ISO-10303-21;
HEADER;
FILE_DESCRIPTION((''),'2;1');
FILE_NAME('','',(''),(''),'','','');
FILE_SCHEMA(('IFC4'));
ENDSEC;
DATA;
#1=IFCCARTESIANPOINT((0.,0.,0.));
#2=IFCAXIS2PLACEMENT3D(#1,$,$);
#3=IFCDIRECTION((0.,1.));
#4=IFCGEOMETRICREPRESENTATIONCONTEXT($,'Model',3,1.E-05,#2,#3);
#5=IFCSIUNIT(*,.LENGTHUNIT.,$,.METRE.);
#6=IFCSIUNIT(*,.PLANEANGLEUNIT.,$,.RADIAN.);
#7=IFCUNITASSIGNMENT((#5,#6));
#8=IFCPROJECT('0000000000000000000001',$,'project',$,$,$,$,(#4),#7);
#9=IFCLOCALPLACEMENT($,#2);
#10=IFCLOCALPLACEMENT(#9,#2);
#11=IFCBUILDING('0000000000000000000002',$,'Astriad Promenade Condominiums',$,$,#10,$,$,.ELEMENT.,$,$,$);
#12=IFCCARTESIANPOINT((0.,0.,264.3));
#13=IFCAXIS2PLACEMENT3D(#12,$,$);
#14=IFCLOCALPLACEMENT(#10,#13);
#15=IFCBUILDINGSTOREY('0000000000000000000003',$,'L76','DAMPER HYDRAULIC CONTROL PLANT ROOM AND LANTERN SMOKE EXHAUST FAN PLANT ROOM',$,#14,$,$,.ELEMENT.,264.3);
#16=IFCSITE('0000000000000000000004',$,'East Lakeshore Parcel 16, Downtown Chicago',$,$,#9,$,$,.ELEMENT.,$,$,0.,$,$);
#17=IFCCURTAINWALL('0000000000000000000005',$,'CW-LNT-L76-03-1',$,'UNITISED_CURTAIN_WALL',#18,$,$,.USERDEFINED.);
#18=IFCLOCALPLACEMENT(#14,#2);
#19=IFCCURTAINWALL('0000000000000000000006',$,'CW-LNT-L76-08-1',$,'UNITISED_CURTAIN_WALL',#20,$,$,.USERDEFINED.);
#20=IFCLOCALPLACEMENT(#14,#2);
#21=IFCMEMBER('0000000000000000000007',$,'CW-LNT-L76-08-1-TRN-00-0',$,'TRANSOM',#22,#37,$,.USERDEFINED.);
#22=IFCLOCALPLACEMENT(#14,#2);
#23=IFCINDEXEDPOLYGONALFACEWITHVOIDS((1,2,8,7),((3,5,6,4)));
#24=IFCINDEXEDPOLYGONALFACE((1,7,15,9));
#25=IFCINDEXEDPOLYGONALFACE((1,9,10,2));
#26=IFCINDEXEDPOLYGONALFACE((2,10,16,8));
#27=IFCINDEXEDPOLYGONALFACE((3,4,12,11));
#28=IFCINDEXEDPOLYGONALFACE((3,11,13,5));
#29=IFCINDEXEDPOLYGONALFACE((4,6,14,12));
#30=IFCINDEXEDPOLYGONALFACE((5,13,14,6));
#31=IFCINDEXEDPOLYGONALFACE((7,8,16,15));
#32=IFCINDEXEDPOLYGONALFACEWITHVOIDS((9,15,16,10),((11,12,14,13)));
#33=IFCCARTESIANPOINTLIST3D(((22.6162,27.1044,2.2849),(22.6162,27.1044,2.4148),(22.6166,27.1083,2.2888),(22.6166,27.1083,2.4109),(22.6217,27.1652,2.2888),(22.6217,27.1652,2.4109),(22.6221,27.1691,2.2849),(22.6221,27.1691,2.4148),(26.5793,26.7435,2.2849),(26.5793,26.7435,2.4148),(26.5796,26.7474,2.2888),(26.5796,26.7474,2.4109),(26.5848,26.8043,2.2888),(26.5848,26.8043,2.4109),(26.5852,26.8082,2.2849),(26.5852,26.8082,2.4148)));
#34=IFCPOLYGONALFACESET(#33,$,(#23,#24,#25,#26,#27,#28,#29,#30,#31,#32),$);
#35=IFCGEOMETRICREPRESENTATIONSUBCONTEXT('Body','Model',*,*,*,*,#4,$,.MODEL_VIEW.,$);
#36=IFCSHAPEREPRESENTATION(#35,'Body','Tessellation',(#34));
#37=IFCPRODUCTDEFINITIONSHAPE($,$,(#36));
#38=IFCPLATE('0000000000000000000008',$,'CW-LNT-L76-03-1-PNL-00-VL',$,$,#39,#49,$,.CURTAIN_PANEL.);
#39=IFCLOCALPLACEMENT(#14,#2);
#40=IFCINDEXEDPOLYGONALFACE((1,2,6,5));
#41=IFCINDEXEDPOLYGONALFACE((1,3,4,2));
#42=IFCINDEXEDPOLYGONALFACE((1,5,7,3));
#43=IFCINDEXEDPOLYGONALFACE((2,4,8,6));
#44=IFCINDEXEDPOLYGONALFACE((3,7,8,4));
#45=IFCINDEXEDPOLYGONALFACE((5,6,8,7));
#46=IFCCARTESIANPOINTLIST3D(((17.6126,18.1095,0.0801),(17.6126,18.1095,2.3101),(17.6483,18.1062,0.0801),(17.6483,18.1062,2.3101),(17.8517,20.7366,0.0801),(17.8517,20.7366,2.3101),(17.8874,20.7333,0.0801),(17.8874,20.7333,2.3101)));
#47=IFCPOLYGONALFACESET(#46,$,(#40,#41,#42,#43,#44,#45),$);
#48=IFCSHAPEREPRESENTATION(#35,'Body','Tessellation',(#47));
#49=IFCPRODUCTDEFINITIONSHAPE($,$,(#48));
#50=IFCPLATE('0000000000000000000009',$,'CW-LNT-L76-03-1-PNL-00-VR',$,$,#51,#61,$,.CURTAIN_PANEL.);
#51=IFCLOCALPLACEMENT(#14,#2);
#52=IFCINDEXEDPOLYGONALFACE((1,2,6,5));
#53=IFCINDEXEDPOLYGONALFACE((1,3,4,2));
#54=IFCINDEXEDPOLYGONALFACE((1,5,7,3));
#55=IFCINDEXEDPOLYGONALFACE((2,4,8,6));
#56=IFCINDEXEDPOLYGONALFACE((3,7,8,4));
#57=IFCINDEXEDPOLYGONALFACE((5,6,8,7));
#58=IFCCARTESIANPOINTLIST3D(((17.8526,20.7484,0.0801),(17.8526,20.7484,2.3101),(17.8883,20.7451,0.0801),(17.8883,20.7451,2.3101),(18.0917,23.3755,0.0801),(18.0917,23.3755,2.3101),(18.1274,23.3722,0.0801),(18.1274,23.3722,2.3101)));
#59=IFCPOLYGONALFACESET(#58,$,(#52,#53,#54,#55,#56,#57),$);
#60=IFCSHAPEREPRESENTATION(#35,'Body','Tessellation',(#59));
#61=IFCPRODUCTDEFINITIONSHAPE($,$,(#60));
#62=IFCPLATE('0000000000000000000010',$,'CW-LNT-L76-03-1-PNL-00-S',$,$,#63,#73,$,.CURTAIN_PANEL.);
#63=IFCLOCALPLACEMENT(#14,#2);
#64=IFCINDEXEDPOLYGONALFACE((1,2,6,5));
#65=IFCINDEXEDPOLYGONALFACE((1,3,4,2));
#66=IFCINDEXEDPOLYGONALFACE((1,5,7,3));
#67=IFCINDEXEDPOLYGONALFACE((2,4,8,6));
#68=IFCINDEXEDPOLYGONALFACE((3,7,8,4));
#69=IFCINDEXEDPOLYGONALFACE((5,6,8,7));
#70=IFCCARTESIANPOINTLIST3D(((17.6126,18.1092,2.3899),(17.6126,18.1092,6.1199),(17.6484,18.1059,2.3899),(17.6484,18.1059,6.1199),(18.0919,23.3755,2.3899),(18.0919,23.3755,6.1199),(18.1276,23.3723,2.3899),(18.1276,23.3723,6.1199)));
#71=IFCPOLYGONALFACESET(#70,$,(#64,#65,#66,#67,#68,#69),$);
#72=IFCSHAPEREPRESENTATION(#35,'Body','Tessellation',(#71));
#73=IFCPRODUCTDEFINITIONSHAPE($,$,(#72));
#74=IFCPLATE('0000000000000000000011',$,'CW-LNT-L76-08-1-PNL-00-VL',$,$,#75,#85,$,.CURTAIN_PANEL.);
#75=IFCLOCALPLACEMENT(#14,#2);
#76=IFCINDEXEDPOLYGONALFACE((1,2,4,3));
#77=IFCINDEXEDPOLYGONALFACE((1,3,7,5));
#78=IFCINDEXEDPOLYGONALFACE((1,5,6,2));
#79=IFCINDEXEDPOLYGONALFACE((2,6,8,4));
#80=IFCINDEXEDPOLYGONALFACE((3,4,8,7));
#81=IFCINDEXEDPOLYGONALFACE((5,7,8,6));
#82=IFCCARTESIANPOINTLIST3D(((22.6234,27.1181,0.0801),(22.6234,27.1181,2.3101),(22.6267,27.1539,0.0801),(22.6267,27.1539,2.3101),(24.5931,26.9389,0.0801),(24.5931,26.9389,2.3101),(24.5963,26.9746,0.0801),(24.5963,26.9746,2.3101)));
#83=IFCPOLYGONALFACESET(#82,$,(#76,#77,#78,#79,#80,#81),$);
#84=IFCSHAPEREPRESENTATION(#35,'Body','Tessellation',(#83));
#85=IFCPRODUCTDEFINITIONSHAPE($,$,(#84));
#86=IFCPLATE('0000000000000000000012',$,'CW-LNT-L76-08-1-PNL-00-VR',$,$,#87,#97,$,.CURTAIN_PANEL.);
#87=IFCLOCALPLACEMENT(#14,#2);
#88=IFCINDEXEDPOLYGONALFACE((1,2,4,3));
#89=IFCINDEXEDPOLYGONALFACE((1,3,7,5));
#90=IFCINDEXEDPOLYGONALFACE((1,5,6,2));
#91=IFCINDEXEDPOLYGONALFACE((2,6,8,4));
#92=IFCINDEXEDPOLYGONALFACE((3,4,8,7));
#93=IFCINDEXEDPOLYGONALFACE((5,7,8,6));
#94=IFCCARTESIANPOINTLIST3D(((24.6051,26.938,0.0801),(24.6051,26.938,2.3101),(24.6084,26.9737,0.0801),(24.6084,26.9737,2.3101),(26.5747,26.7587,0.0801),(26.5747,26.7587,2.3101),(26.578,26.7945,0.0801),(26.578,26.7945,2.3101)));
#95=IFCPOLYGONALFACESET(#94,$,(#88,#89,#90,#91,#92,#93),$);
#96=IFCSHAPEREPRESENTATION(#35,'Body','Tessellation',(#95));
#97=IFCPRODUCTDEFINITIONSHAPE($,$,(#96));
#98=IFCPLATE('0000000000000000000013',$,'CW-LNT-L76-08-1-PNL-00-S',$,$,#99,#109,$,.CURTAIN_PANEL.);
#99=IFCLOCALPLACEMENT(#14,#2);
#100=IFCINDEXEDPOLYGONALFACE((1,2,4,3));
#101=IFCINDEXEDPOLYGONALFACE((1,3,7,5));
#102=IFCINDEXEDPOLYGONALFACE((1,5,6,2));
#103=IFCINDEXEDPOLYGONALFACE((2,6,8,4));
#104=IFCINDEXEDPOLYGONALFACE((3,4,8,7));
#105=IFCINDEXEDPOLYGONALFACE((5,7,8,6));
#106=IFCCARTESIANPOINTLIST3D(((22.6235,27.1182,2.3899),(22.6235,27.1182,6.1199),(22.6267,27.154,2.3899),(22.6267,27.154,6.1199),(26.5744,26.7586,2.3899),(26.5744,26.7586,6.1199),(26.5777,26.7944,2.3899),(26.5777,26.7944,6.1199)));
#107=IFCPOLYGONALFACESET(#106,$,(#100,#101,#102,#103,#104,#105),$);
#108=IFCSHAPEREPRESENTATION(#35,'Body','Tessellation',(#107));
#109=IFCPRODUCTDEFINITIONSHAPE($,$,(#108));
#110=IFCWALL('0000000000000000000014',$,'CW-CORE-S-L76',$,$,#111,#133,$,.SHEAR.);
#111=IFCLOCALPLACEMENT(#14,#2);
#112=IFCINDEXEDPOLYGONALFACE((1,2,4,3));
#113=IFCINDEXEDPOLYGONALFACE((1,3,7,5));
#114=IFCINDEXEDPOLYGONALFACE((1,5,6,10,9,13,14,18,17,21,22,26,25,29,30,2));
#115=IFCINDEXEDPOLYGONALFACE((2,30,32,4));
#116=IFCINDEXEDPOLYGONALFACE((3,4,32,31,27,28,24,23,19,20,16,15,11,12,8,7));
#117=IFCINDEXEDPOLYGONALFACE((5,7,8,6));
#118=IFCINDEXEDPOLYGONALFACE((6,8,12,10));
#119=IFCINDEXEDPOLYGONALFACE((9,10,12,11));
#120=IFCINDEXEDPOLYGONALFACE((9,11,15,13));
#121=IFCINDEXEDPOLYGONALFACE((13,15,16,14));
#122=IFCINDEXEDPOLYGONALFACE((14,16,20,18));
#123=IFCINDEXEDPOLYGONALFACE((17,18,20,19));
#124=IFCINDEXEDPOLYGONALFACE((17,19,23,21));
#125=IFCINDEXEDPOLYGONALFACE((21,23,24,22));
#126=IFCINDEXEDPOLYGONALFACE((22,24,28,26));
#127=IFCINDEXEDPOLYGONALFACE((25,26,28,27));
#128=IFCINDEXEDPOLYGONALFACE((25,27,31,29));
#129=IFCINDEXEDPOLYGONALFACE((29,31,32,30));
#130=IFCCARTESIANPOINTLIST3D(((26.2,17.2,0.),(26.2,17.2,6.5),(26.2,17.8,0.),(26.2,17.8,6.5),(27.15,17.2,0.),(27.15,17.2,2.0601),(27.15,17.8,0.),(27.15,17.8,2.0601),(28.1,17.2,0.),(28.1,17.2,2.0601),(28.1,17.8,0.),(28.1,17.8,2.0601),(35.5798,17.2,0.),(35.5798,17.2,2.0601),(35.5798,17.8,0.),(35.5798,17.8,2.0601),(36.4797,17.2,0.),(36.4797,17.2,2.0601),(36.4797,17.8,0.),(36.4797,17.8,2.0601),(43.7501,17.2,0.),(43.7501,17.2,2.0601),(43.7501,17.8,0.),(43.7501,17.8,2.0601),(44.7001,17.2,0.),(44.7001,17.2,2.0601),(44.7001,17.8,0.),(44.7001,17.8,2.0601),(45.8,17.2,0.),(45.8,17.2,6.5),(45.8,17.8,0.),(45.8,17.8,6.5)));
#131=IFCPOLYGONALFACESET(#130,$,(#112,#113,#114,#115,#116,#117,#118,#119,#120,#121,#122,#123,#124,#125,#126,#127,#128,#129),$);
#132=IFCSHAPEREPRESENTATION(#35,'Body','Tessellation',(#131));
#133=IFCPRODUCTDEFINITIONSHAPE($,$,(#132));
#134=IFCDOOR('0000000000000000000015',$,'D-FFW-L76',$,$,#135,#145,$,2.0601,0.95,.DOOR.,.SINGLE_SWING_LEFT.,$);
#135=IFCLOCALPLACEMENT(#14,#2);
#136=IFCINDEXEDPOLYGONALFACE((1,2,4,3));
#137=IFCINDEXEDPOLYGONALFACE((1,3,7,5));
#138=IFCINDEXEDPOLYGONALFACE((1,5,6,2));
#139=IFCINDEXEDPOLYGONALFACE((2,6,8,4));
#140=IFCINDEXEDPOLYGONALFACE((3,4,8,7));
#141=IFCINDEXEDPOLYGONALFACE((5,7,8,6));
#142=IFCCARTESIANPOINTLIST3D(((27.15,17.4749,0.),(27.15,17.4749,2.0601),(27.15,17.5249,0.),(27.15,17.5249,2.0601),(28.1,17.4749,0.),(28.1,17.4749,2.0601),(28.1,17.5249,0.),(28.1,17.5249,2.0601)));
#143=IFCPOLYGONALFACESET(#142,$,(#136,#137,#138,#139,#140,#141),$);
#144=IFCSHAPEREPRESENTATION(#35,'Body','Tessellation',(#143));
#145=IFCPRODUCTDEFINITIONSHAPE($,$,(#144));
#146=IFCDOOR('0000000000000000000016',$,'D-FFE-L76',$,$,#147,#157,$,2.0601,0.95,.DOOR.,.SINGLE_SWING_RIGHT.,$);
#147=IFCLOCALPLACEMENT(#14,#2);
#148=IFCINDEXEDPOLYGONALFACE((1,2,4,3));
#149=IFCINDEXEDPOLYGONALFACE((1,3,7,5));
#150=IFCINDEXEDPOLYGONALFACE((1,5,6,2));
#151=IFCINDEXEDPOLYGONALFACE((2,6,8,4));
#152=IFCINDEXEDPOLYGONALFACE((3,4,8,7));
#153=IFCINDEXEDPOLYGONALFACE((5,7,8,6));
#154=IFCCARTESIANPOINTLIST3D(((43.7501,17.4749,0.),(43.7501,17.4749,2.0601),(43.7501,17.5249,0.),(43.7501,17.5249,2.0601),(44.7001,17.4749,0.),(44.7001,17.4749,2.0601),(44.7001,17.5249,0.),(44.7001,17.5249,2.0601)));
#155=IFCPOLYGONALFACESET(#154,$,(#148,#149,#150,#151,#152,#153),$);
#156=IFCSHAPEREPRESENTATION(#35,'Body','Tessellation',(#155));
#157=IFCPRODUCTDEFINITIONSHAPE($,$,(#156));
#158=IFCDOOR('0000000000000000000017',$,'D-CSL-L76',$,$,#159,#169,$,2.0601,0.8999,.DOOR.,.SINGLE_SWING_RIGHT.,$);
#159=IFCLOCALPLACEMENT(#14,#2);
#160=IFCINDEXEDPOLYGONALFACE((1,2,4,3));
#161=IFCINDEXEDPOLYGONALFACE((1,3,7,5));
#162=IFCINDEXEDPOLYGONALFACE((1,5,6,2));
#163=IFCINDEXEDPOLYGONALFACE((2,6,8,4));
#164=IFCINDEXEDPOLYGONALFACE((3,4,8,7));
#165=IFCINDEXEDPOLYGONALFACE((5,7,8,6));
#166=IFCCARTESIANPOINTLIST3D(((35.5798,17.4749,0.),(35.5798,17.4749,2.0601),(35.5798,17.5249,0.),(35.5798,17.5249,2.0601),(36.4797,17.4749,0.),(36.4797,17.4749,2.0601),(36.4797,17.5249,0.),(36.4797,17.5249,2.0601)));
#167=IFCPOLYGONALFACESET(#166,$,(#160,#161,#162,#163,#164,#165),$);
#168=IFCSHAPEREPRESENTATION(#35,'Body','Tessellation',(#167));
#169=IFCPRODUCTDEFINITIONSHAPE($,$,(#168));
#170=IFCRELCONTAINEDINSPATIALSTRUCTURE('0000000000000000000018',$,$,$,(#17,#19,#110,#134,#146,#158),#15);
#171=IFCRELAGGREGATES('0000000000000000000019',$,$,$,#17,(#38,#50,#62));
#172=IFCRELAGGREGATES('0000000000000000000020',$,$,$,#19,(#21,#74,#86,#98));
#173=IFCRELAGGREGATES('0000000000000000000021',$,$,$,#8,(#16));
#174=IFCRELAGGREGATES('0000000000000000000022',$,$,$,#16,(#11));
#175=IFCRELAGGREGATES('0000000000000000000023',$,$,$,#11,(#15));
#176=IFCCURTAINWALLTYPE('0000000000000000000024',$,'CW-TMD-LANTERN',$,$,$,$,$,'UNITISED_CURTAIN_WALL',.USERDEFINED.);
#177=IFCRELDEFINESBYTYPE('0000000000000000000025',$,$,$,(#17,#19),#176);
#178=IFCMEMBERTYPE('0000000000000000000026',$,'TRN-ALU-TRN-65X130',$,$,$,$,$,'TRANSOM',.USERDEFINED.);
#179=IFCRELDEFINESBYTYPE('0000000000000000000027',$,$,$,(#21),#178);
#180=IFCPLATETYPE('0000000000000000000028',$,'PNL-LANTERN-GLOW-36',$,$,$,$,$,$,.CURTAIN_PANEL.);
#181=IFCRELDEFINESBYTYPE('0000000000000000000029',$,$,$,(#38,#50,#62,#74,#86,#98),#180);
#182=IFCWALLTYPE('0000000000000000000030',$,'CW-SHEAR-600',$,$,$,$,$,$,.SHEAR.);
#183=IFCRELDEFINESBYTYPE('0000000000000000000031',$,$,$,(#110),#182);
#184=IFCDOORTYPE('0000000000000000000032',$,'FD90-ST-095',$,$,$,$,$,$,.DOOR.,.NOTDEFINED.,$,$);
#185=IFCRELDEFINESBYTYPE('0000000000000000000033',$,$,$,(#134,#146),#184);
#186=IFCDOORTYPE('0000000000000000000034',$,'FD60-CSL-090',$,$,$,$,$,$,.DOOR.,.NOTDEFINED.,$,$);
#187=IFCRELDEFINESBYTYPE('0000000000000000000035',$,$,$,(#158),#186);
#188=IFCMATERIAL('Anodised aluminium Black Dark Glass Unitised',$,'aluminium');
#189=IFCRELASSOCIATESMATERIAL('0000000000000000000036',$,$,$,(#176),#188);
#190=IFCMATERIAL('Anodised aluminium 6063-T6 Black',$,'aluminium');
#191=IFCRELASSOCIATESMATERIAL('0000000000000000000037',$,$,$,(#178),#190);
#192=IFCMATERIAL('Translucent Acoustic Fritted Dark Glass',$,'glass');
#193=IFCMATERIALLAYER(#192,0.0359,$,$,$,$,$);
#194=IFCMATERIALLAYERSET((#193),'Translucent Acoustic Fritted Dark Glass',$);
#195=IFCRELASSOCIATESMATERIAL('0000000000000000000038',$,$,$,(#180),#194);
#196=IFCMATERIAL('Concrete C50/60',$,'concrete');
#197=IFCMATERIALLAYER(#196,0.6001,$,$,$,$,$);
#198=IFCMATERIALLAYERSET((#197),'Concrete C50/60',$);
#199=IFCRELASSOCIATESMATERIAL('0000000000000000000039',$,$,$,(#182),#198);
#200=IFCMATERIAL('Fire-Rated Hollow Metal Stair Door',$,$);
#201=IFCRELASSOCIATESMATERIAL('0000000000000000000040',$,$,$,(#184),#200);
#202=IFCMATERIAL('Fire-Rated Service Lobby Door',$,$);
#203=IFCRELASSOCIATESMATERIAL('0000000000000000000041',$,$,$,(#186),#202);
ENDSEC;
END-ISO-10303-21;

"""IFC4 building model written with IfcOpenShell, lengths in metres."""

from ifc_helpers import new_model, si_unit, direction, frame, frame_2d, origin, origin_2d, place, context, subcontext, project, spatial, rectangle, hollow_rectangle, extrude, source, transform, mapped, material, layer, layer_set, material_profile, profile_set, type_object, type_shapes, element, fill, aggregate, save


model = new_model("IFC4")

# Units and contexts
model_context = context("Model", 3, precision=1e-05, world=origin(), true_north=direction((0.0, 1.0)))
body_context = subcontext(model_context, "Body", "Model", "MODEL_VIEW")
ifc_project = project(units=[si_unit("LENGTHUNIT", "METRE"), si_unit("PLANEANGLEUNIT", "RADIAN")], contexts=[model_context])

# Site, building, storey
site_placement = place(None, origin())
site = spatial("IfcSite", under=ifc_project, at=site_placement, Name="East Lakeshore Parcel 16, Downtown Chicago", CompositionType="ELEMENT", RefElevation=0.0)
building_placement = place(site_placement, origin())
building = spatial("IfcBuilding", under=site, at=building_placement, Name="Astriad Promenade Condominiums", CompositionType="ELEMENT")
storey_placement = place(building_placement, frame((0.0, 0.0, 264.3)))
storey = spatial("IfcBuildingStorey", under=building, at=storey_placement, Name="L76", Description="DAMPER HYDRAULIC CONTROL PLANT ROOM AND LANTERN SMOKE EXHAUST FAN PLANT ROOM", CompositionType="ELEMENT", Elevation=264.3)

# Curtain wall
ifc_material_1 = material(Name="Anodised aluminium Black Dark Glass Unitised", Category="aluminium")
curtain_wall_type = type_object("IfcCurtainWallType", Name="CW-TMD-LANTERN", ElementType="UNITISED_CURTAIN_WALL", PredefinedType="USERDEFINED", material=ifc_material_1)
curtain_wall_1_placement = place(storey_placement, origin())
curtain_wall_1 = element("IfcCurtainWall", 1, at=curtain_wall_1_placement, inside=storey, type_object=curtain_wall_type, Name="CW-LNT-L76-03-1", ObjectType="UNITISED_CURTAIN_WALL", PredefinedType="USERDEFINED")
ifc_material_2 = material(Name="Anodised aluminium 6063-T6 Black", Category="aluminium")

# Curtain wall
curtain_wall_2_placement = place(storey_placement, origin())
curtain_wall_2 = element("IfcCurtainWall", 2, at=curtain_wall_2_placement, inside=storey, type_object=curtain_wall_type, Name="CW-LNT-L76-08-1", ObjectType="UNITISED_CURTAIN_WALL", PredefinedType="USERDEFINED")

# Member
ifc_material_profile_1 = material_profile(ifc_material_2, hollow_rectangle(XDim=0.0649, YDim=0.1299, WallThickness=0.0039, at=origin_2d()), Name="ALU-TRN-65X130")
ifc_profile_set_1 = profile_set([ifc_material_profile_1], Name="Anodised aluminium 6063-T6 Black")
member_type_1 = type_object("IfcMemberType", Name="TRN-ALU-TRN-65X130", ElementType="TRANSOM", PredefinedType="USERDEFINED", material=ifc_profile_set_1)
shared_shape_1 = source(origin(), body_context, "Body", "SweptSolid", [
    extrude(hollow_rectangle(XDim=0.0649, YDim=0.1299, WallThickness=0.0039, at=origin_2d()), origin(), (0.0, 0.0, 1.0), 3.9795),
])
member_1_placement = place(storey_placement, frame((22.6191, 27.1367, 2.3499), z_axis=(0.995881, -0.090674, 0.0), x_axis=(0.090674, 0.995881, 0.0)))
member_1 = element("IfcMember", 3, at=member_1_placement, type_object=member_type_1, Name="CW-LNT-L76-08-1-TRN-00-0", ObjectType="TRANSOM", PredefinedType="USERDEFINED", context=body_context, shape_type="MappedRepresentation", body=[
    mapped(shared_shape_1, transform((0.0, 0.0, 0.0), scale=1.0)),
])

# Plates
ifc_material_3 = material(Name="Translucent Acoustic Fritted Dark Glass", Category="glass")
ifc_layer_1 = layer(ifc_material_3, 0.0359)
ifc_layer_set_1 = layer_set([ifc_layer_1], Name="Translucent Acoustic Fritted Dark Glass")
plate_type = type_object("IfcPlateType", Name="PNL-LANTERN-GLOW-36", PredefinedType="CURTAIN_PANEL", material=ifc_layer_set_1)
shared_shape_2 = source(origin(), body_context, "Body", "SweptSolid", [
    extrude(rectangle(XDim=2.6379, YDim=0.0359, at=origin_2d()), origin(), (0.0, 0.0, 1.0), 2.23),
])
plate_1_placement = place(storey_placement, frame((17.75, 19.4214, 0.0801), z_axis=(0.0, 0.0, 1.0), x_axis=(0.090633, 0.995884, 0.0)))
plate_1 = element("IfcPlate", 4, at=plate_1_placement, type_object=plate_type, Name="CW-LNT-L76-03-1-PNL-00-VL", PredefinedType="CURTAIN_PANEL", context=body_context, shape_type="MappedRepresentation", body=[
    mapped(shared_shape_2, transform((0.0, 0.0, 0.0), scale=1.0)),
])
plate_2_placement = place(storey_placement, frame((17.99, 22.0603, 0.0801), z_axis=(0.0, 0.0, 1.0), x_axis=(0.090633, 0.995884, 0.0)))
plate_2 = element("IfcPlate", 5, at=plate_2_placement, type_object=plate_type, Name="CW-LNT-L76-03-1-PNL-00-VR", PredefinedType="CURTAIN_PANEL", context=body_context, shape_type="MappedRepresentation", body=[
    mapped(shared_shape_2, transform((0.0, 0.0, 0.0), scale=1.0)),
])
shared_shape_3 = source(origin(), body_context, "Body", "SweptSolid", [
    extrude(rectangle(XDim=5.2881, YDim=0.0359, at=origin_2d()), origin(), (0.0, 0.0, 1.0), 3.73),
])
plate_3_placement = place(storey_placement, frame((17.8701, 20.7407, 2.3899), z_axis=(0.0, 0.0, 1.0), x_axis=(0.090633, 0.995884, 0.0)))
plate_3 = element("IfcPlate", 6, at=plate_3_placement, type_object=plate_type, Name="CW-LNT-L76-03-1-PNL-00-S", PredefinedType="CURTAIN_PANEL", context=body_context, shape_type="MappedRepresentation", body=[
    mapped(shared_shape_3, transform((0.0, 0.0, 0.0), scale=1.0)),
])
aggregate(curtain_wall_1, [plate_1, plate_2, plate_3])
shared_shape_4 = source(origin(), body_context, "Body", "SweptSolid", [
    extrude(rectangle(XDim=1.9778, YDim=0.0359, at=origin_2d()), origin(), (0.0, 0.0, 1.0), 2.23),
])
plate_4_placement = place(storey_placement, frame((23.6099, 27.0464, 0.0801), z_axis=(0.0, 0.0, 1.0), x_axis=(0.995884, -0.090633, 0.0)))
plate_4 = element("IfcPlate", 7, at=plate_4_placement, type_object=plate_type, Name="CW-LNT-L76-08-1-PNL-00-VL", PredefinedType="CURTAIN_PANEL", context=body_context, shape_type="MappedRepresentation", body=[
    mapped(shared_shape_4, transform((0.0, 0.0, 0.0), scale=1.0)),
])
plate_5_placement = place(storey_placement, frame((25.5916, 26.8662, 0.0801), z_axis=(0.0, 0.0, 1.0), x_axis=(0.995884, -0.090633, 0.0)))
plate_5 = element("IfcPlate", 8, at=plate_5_placement, type_object=plate_type, Name="CW-LNT-L76-08-1-PNL-00-VR", PredefinedType="CURTAIN_PANEL", context=body_context, shape_type="MappedRepresentation", body=[
    mapped(shared_shape_4, transform((0.0, 0.0, 0.0), scale=1.0)),
])
shared_shape_5 = source(origin(), body_context, "Body", "SweptSolid", [
    extrude(rectangle(XDim=3.9673, YDim=0.0359, at=origin_2d()), origin(), (0.0, 0.0, 1.0), 3.73),
])
type_shapes(plate_type, [shared_shape_2, shared_shape_3, shared_shape_4, shared_shape_5])
plate_6_placement = place(storey_placement, frame((24.6006, 26.9563, 2.3899), z_axis=(0.0, 0.0, 1.0), x_axis=(0.995884, -0.090633, 0.0)))
plate_6 = element("IfcPlate", 9, at=plate_6_placement, type_object=plate_type, Name="CW-LNT-L76-08-1-PNL-00-S", PredefinedType="CURTAIN_PANEL", context=body_context, shape_type="MappedRepresentation", body=[
    mapped(shared_shape_5, transform((0.0, 0.0, 0.0), scale=1.0)),
])
aggregate(curtain_wall_2, [member_1, plate_4, plate_5, plate_6])

# Wall, openings, doors
ifc_material_4 = material(Name="Concrete C50/60", Category="concrete")
ifc_layer_2 = layer(ifc_material_4, 0.6001)
ifc_layer_set_2 = layer_set([ifc_layer_2], Name="Concrete C50/60")
wall_type_1 = type_object("IfcWallType", Name="CW-SHEAR-600", PredefinedType="SHEAR", material=ifc_layer_set_2)
wall_1_placement = place(storey_placement, frame((26.2, 17.5, 0.0), z_axis=(0.0, 0.0, 1.0), x_axis=(1.0, 0.0, 0.0)))
wall_1 = element("IfcWall", 10, at=wall_1_placement, inside=storey, type_object=wall_type_1, Name="CW-CORE-S-L76", PredefinedType="SHEAR", context=body_context, shape_type="SweptSolid", body=[
    extrude(rectangle(XDim=19.6001, YDim=0.6001, at=frame_2d((9.8, 0.0))), origin(), (0.0, 0.0, 1.0), 6.5),
])
opening_1_placement = place(wall_1_placement, frame((0.95, 0.0, 0.0)))
opening_1 = element("IfcOpeningElement", 11, at=opening_1_placement, cuts=wall_1, PredefinedType="OPENING", context=body_context, shape_type="SweptSolid", body=[
    extrude(rectangle(XDim=0.95, YDim=2.0601, at=frame_2d((0.4751, 1.03))), frame((0.0, 0.3101, 0.0), z_axis=(0.0, -1.0, 0.0), x_axis=(1.0, 0.0, 0.0)), (0.0, 0.0, 1.0), 0.6201),
])
opening_2_placement = place(wall_1_placement, frame((9.3799, 0.0, 0.0)))
opening_2 = element("IfcOpeningElement", 12, at=opening_2_placement, cuts=wall_1, PredefinedType="OPENING", context=body_context, shape_type="SweptSolid", body=[
    extrude(rectangle(XDim=0.8999, YDim=2.0601, at=frame_2d((0.45, 1.03))), frame((0.0, 0.3101, 0.0), z_axis=(0.0, -1.0, 0.0), x_axis=(1.0, 0.0, 0.0)), (0.0, 0.0, 1.0), 0.6201),
])
opening_3_placement = place(wall_1_placement, frame((17.55, 0.0, 0.0)))
opening_3 = element("IfcOpeningElement", 13, at=opening_3_placement, cuts=wall_1, PredefinedType="OPENING", context=body_context, shape_type="SweptSolid", body=[
    extrude(rectangle(XDim=0.95, YDim=2.0601, at=frame_2d((0.4751, 1.03))), frame((0.0, 0.3101, 0.0), z_axis=(0.0, -1.0, 0.0), x_axis=(1.0, 0.0, 0.0)), (0.0, 0.0, 1.0), 0.6201),
])
ifc_material_5 = material(Name="Fire-Rated Hollow Metal Stair Door")
door_type_1 = type_object("IfcDoorType", Name="FD90-ST-095", OperationType="NOTDEFINED", PredefinedType="DOOR", material=ifc_material_5)
shared_shape_6 = source(origin(), body_context, "Body", "SweptSolid", [
    extrude(rectangle(XDim=0.95, YDim=2.0601, at=frame_2d((0.4751, 1.03))), frame((0.0, 0.0249, 0.0), z_axis=(0.0, -1.0, 0.0), x_axis=(1.0, 0.0, 0.0)), (0.0, 0.0, 1.0), 0.05),
])
type_shapes(door_type_1, [shared_shape_6])
door_1_placement = place(opening_1_placement, origin())
door_1 = element("IfcDoor", 14, at=door_1_placement, inside=storey, type_object=door_type_1, Name="D-FFW-L76", OperationType="SINGLE_SWING_LEFT", OverallHeight=2.0601, OverallWidth=0.95, PredefinedType="DOOR", context=body_context, shape_type="MappedRepresentation", body=[
    mapped(shared_shape_6, transform((0.0, 0.0, 0.0), scale=1.0)),
])
fill(opening_1, door_1)
door_2_placement = place(opening_3_placement, origin())
door_2 = element("IfcDoor", 15, at=door_2_placement, inside=storey, type_object=door_type_1, Name="D-FFE-L76", OperationType="SINGLE_SWING_RIGHT", OverallHeight=2.0601, OverallWidth=0.95, PredefinedType="DOOR", context=body_context, shape_type="MappedRepresentation", body=[
    mapped(shared_shape_6, transform((0.0, 0.0, 0.0), scale=1.0)),
])
fill(opening_3, door_2)
ifc_material_6 = material(Name="Fire-Rated Service Lobby Door")
door_type_2 = type_object("IfcDoorType", Name="FD60-CSL-090", OperationType="NOTDEFINED", PredefinedType="DOOR", material=ifc_material_6)
shared_shape_7 = source(origin(), body_context, "Body", "SweptSolid", [
    extrude(rectangle(XDim=0.8999, YDim=2.0601, at=frame_2d((0.45, 1.03))), frame((0.0, 0.0249, 0.0), z_axis=(0.0, -1.0, 0.0), x_axis=(1.0, 0.0, 0.0)), (0.0, 0.0, 1.0), 0.05),
])
type_shapes(door_type_2, [shared_shape_7])
door_3_placement = place(opening_2_placement, origin())
door_3 = element("IfcDoor", 16, at=door_3_placement, inside=storey, type_object=door_type_2, Name="D-CSL-L76", OperationType="SINGLE_SWING_RIGHT", OverallHeight=2.0601, OverallWidth=0.8999, PredefinedType="DOOR", context=body_context, shape_type="MappedRepresentation", body=[
    mapped(shared_shape_7, transform((0.0, 0.0, 0.0), scale=1.0)),
])
fill(opening_2, door_3)

save(model, "model.ifc")
